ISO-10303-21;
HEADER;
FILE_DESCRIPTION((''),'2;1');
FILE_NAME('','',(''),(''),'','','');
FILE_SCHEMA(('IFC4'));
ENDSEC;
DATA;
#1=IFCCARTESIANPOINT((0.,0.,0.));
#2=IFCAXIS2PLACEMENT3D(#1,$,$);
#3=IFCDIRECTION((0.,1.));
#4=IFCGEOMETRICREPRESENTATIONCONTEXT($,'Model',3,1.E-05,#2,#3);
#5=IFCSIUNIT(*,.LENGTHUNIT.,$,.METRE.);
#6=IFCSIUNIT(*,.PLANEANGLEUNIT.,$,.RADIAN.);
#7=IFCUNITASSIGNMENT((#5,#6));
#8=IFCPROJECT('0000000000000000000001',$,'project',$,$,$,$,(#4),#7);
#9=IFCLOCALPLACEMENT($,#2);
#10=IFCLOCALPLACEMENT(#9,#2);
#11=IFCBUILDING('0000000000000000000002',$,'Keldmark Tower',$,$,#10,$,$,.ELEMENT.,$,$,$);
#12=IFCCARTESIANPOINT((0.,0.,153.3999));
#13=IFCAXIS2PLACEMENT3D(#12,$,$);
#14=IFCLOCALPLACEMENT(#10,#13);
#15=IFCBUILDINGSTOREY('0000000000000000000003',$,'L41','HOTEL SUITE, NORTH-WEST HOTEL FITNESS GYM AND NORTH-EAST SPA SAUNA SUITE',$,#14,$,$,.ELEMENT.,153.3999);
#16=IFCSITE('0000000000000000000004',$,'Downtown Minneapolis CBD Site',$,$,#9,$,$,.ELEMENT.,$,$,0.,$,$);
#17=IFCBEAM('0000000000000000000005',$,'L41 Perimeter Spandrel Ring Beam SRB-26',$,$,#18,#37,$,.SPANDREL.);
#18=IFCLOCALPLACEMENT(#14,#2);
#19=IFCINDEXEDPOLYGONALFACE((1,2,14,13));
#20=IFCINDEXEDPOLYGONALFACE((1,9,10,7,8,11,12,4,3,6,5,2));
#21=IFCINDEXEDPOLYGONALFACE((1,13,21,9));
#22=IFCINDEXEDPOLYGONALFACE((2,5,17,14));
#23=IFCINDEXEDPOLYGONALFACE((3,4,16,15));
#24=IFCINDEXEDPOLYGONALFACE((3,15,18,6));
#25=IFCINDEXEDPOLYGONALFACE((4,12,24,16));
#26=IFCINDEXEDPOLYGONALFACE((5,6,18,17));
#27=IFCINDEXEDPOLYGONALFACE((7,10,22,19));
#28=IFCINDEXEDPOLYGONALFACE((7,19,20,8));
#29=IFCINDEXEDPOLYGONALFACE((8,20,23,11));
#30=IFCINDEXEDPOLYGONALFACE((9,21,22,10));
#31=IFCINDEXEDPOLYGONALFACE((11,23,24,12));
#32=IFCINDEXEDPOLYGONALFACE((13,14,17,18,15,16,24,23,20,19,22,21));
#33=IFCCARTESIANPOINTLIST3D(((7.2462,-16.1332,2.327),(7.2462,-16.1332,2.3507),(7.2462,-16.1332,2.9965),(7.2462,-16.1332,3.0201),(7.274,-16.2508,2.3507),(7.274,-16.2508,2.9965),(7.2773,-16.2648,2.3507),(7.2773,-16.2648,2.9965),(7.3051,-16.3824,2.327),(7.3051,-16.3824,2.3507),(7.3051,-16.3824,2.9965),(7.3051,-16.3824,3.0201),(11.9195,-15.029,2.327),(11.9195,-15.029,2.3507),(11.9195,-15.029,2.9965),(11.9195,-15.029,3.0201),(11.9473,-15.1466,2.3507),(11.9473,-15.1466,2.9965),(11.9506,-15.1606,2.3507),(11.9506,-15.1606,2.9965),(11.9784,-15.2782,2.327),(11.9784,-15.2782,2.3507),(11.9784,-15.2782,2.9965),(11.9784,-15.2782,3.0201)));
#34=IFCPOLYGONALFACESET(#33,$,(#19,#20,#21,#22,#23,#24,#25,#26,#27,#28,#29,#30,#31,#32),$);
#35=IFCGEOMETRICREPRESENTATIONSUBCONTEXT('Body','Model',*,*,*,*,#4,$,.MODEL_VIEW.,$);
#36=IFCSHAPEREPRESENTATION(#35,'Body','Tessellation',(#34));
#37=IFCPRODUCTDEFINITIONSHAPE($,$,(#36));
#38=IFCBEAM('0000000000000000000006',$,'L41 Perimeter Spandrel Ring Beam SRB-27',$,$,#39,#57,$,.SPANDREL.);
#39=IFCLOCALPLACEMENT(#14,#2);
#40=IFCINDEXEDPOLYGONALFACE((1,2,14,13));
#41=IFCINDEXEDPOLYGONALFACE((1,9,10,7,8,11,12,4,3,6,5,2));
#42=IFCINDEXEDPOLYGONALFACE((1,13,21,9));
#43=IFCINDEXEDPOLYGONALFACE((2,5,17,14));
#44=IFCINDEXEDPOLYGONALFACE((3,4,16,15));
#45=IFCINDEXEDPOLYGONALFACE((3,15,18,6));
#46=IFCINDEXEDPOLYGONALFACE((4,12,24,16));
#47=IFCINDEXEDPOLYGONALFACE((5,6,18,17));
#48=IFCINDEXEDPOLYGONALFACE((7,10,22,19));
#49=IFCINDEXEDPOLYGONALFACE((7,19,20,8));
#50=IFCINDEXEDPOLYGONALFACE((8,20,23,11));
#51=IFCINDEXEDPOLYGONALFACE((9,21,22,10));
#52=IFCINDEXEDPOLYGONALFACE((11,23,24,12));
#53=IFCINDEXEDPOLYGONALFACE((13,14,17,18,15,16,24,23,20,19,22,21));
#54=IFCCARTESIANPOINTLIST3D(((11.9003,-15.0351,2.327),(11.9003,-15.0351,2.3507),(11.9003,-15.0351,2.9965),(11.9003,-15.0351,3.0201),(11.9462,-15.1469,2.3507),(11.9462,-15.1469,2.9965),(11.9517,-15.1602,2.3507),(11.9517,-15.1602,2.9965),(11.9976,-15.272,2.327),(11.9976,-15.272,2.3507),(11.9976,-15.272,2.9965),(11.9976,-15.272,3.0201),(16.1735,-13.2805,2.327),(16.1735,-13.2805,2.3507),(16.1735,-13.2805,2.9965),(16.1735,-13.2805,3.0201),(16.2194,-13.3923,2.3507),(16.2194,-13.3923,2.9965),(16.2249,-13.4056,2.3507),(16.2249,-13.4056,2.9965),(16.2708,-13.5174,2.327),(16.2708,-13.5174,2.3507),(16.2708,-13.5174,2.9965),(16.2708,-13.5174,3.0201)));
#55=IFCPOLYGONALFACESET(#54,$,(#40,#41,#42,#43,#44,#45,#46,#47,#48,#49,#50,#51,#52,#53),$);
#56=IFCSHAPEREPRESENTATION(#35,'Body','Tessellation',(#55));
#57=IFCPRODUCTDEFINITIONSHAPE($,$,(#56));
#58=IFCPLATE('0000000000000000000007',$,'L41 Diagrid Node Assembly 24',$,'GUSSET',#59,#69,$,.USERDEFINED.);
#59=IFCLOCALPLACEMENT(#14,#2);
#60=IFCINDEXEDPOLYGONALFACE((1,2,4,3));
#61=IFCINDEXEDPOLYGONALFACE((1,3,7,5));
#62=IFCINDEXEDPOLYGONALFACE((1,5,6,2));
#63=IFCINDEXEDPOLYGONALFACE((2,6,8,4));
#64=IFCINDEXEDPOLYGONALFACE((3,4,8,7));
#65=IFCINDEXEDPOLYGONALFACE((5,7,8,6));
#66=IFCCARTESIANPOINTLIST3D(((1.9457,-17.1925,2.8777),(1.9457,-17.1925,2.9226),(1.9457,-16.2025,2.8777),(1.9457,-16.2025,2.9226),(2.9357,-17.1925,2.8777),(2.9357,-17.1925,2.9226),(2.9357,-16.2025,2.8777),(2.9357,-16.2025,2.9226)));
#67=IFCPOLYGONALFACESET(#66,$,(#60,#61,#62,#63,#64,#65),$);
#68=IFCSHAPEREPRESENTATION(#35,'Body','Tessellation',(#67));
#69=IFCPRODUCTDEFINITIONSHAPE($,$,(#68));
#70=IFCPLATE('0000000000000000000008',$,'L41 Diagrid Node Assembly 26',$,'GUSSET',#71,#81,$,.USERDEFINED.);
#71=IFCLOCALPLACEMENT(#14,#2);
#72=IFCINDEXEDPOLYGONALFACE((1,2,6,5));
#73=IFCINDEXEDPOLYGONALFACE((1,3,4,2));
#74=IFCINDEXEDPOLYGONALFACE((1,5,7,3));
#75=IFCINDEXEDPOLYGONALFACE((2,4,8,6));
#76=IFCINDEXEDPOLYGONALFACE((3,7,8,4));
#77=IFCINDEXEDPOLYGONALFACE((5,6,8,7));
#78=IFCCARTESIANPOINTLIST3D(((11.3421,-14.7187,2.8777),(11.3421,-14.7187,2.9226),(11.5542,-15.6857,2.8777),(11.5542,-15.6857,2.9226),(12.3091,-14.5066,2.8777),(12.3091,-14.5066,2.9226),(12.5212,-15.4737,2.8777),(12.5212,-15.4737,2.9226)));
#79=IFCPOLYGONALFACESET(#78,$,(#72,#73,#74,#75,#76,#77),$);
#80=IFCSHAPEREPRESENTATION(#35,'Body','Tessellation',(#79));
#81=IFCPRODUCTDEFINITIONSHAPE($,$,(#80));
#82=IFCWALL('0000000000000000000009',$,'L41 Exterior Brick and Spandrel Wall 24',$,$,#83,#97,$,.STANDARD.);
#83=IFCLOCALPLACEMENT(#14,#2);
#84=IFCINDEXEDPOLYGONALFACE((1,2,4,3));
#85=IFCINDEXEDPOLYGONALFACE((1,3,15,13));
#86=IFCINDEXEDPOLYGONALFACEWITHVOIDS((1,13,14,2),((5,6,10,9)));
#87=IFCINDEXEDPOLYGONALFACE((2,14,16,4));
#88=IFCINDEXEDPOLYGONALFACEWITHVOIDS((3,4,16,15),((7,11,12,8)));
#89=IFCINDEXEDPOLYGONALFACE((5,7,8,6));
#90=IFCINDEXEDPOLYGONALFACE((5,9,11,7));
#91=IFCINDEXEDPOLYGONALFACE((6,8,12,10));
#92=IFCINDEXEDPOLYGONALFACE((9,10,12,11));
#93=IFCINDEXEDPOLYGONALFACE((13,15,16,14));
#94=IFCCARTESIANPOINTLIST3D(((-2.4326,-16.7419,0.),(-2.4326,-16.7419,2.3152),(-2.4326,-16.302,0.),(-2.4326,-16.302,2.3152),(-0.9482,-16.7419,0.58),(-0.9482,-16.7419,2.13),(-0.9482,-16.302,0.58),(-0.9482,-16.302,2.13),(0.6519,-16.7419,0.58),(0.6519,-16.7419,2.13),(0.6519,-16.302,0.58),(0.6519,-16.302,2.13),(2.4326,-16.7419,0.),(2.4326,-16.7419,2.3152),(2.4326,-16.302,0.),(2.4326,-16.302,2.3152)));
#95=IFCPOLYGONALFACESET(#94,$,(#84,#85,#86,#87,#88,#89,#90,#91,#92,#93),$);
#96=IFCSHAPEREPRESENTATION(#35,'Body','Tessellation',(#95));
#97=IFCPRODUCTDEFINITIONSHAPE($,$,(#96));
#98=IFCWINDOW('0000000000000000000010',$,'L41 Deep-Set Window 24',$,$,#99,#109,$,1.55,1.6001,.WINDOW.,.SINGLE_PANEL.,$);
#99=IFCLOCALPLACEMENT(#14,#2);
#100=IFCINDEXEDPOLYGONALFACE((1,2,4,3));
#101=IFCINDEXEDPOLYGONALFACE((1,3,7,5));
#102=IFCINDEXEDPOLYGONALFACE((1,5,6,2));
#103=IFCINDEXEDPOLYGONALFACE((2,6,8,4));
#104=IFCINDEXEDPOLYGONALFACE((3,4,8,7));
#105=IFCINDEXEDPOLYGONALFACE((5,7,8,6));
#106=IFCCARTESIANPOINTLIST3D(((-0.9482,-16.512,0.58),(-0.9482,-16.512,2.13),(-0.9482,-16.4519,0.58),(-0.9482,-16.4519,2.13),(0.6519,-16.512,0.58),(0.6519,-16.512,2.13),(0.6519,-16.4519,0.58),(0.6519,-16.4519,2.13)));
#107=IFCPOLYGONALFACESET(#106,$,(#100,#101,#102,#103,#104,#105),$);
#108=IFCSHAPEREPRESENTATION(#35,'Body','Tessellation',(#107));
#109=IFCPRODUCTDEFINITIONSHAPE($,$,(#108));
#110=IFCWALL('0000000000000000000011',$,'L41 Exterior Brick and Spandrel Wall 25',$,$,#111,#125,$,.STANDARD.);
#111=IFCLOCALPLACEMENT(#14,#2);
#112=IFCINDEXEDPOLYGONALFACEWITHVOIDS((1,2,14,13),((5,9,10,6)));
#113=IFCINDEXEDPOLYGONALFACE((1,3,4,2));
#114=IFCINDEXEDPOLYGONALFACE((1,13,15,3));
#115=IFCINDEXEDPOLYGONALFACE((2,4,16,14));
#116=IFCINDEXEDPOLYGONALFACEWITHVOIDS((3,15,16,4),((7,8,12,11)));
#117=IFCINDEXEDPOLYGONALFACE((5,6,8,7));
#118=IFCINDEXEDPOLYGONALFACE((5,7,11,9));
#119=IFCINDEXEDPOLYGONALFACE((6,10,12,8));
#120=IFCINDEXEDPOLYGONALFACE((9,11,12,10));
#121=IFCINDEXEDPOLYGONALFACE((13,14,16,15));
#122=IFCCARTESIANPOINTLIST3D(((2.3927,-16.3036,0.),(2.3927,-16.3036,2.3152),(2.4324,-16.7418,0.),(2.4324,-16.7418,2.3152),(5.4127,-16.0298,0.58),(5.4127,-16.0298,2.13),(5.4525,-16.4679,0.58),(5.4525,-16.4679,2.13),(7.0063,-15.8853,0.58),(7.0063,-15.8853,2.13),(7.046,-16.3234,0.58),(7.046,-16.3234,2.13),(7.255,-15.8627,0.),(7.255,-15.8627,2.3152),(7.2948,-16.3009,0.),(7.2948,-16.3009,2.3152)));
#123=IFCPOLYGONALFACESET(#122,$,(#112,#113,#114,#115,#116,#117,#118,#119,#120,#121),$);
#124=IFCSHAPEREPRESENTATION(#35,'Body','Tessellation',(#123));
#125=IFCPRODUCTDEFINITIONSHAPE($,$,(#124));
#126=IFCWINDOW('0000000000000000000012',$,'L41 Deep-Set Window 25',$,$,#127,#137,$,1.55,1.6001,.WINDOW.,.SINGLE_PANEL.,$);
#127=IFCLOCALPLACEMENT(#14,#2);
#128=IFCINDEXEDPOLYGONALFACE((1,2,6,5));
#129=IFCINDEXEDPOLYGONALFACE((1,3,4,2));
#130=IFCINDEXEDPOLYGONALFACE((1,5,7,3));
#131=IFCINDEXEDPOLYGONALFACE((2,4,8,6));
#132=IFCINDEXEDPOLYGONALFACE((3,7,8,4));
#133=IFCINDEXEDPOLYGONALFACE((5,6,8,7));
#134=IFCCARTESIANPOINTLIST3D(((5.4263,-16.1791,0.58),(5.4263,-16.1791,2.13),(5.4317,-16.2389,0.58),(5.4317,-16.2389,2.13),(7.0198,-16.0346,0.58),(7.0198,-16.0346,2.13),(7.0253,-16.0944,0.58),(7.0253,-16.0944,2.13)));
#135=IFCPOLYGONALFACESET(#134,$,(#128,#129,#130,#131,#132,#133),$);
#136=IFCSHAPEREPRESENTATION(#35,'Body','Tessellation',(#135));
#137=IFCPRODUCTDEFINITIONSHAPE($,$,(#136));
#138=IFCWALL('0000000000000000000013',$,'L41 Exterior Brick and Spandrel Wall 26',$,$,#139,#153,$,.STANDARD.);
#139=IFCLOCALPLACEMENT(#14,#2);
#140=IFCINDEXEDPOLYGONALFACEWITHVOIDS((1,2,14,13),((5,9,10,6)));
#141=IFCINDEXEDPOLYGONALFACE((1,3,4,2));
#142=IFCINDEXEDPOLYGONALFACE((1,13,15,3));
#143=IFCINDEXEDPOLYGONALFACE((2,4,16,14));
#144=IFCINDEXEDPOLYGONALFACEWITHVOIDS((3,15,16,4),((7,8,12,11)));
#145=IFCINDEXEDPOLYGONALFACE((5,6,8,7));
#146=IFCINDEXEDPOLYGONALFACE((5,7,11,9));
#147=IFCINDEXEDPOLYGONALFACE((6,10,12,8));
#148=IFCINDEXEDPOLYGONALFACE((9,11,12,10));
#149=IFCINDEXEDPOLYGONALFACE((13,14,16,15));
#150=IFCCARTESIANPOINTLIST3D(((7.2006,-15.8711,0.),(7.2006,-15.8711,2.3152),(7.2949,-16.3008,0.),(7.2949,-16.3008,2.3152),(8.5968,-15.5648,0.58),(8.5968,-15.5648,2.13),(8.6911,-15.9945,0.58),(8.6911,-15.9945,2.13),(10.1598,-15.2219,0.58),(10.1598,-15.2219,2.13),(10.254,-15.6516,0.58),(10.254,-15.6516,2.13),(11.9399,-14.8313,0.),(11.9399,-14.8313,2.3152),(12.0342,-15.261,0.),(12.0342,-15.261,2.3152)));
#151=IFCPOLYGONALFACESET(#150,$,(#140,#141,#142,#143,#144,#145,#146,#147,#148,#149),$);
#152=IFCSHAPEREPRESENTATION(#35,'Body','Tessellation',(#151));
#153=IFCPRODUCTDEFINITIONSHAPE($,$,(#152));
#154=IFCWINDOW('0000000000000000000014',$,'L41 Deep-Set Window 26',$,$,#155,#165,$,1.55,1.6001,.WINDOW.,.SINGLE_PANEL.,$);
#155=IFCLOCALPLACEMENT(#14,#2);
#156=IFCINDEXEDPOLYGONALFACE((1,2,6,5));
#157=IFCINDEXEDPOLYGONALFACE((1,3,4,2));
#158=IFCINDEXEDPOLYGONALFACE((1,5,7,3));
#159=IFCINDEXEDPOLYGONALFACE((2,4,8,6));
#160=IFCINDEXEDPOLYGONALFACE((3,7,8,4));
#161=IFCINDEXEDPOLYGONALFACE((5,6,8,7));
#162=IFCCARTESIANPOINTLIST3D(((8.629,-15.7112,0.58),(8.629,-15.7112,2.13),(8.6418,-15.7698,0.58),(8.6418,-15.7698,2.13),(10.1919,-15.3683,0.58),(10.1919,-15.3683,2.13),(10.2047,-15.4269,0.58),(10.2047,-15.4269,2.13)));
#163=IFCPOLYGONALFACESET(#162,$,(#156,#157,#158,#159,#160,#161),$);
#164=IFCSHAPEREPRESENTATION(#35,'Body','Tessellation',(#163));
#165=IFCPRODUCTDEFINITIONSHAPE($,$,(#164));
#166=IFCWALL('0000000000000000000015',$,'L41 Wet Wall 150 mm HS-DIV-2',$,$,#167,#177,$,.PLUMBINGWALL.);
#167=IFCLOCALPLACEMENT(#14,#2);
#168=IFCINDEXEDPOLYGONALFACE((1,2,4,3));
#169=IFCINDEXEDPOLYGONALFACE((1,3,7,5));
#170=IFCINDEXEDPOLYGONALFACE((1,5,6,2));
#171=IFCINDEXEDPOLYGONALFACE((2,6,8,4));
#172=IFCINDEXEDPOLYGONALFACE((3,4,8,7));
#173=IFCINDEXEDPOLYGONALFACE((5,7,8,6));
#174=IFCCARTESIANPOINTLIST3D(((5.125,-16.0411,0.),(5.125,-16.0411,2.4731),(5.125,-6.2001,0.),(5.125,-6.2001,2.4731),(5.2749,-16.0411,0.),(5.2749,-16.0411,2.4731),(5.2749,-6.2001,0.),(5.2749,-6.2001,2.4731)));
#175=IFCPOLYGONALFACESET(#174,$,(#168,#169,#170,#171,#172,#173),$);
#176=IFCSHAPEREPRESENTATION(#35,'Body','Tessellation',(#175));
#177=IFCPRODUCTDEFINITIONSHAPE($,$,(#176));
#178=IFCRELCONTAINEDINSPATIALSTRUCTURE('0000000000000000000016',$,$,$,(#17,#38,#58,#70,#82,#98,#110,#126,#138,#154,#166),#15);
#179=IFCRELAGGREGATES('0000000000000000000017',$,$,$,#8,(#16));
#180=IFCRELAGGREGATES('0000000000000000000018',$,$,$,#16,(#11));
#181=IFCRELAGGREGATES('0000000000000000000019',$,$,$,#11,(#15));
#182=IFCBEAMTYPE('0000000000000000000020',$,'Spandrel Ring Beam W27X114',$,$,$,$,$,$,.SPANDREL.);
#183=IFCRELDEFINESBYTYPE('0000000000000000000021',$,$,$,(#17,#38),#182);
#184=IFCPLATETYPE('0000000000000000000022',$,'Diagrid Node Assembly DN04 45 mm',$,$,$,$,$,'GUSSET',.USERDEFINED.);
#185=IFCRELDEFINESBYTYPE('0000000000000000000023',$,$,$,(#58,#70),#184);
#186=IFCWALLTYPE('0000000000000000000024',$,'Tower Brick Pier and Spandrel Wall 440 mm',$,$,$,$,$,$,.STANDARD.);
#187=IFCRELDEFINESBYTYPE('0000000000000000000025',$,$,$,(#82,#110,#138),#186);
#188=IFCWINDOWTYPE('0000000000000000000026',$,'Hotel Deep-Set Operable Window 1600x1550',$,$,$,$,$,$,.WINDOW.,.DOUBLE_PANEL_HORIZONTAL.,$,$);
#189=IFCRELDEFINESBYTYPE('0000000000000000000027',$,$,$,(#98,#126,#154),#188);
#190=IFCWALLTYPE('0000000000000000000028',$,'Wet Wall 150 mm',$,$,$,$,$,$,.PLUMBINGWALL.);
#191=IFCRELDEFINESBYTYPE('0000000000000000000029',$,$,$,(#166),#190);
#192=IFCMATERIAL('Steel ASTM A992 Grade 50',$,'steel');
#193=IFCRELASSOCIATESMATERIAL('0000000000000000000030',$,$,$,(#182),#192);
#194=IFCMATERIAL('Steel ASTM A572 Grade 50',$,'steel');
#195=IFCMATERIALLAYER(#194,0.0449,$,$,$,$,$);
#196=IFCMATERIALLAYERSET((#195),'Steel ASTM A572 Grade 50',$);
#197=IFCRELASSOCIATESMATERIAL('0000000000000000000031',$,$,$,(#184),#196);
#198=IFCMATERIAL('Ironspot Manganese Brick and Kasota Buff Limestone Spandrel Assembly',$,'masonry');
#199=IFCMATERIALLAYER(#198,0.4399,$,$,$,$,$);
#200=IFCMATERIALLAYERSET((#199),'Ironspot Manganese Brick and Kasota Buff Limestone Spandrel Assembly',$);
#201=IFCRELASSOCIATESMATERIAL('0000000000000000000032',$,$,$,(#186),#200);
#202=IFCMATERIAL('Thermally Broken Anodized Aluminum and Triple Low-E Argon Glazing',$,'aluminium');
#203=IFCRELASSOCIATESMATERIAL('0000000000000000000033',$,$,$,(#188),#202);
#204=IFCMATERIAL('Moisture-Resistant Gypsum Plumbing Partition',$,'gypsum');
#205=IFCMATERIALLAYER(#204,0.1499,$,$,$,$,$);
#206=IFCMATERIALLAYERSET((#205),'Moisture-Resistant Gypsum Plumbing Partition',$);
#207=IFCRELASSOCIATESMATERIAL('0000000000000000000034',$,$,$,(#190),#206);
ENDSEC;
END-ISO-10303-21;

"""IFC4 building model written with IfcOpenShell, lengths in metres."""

from ifc_helpers import new_model, si_unit, direction, frame, frame_2d, origin, origin_2d, place, context, subcontext, project, spatial, rectangle, i_section, extrude, material, layer, layer_set, material_profile, profile_set, type_object, element, fill, save


model = new_model("IFC4")

# Units and contexts
model_context = context("Model", 3, precision=1e-05, world=origin(), true_north=direction((0.0, 1.0)))
body_context = subcontext(model_context, "Body", "Model", "MODEL_VIEW")
ifc_project = project(units=[si_unit("LENGTHUNIT", "METRE"), si_unit("PLANEANGLEUNIT", "RADIAN")], contexts=[model_context])

# Site, building, storey
site_placement = place(None, origin())
site = spatial("IfcSite", under=ifc_project, at=site_placement, Name="Downtown Minneapolis CBD Site", CompositionType="ELEMENT", RefElevation=0.0)
building_placement = place(site_placement, origin())
building = spatial("IfcBuilding", under=site, at=building_placement, Name="Keldmark Tower", CompositionType="ELEMENT")
storey_placement = place(building_placement, frame((0.0, 0.0, 153.3999)))
storey = spatial("IfcBuildingStorey", under=building, at=storey_placement, Name="L41", Description="HOTEL SUITE, NORTH-WEST HOTEL FITNESS GYM AND NORTH-EAST SPA SAUNA SUITE", CompositionType="ELEMENT", Elevation=153.3999)

# Beams
ifc_material_1 = material(Name="Steel ASTM A992 Grade 50", Category="steel")
ifc_material_profile_1 = material_profile(ifc_material_1, i_section(OverallWidth=0.2561, OverallDepth=0.6931, WebThickness=0.0144, FlangeThickness=0.0237, at=origin_2d()), Name="W27X114")
ifc_profile_set_1 = profile_set([ifc_material_profile_1], Name="Steel ASTM A992 Grade 50")
beam_type_1 = type_object("IfcBeamType", Name="Spandrel Ring Beam W27X114", PredefinedType="SPANDREL", material=ifc_profile_set_1)
beam_1_placement = place(storey_placement, frame((7.2756, -16.2578, 2.6736), z_axis=(0.973201, 0.229955, 0.0), x_axis=(-0.229955, 0.973201, 0.0)))
element("IfcBeam", 1, at=beam_1_placement, inside=storey, type_object=beam_type_1, Name="L41 Perimeter Spandrel Ring Beam SRB-26", PredefinedType="SPANDREL", context=body_context, shape_type="SweptSolid", body=[
    extrude(i_section(OverallWidth=0.2561, OverallDepth=0.6931, WebThickness=0.0144, FlangeThickness=0.0237, at=origin_2d()), origin(), (0.0, 0.0, 1.0), 4.802),
])
beam_2_placement = place(storey_placement, frame((11.949, -15.1536, 2.6736), z_axis=(0.925052, 0.379841, 0.0), x_axis=(-0.379841, 0.925052, 0.0)))
element("IfcBeam", 2, at=beam_2_placement, inside=storey, type_object=beam_type_1, Name="L41 Perimeter Spandrel Ring Beam SRB-27", PredefinedType="SPANDREL", context=body_context, shape_type="SweptSolid", body=[
    extrude(i_section(OverallWidth=0.2561, OverallDepth=0.6931, WebThickness=0.0144, FlangeThickness=0.0237, at=origin_2d()), origin(), (0.0, 0.0, 1.0), 4.6194),
])

# Plates
ifc_material_2 = material(Name="Steel ASTM A572 Grade 50", Category="steel")
ifc_layer_1 = layer(ifc_material_2, 0.0449)
ifc_layer_set_1 = layer_set([ifc_layer_1], Name="Steel ASTM A572 Grade 50")
plate_type = type_object("IfcPlateType", Name="Diagrid Node Assembly DN04 45 mm", ElementType="GUSSET", PredefinedType="USERDEFINED", material=ifc_layer_set_1)
for number, where, z_axis, x_axis, name in (
    (3, (2.4407, -16.6975, 2.8777), (0.0, 0.0, 1.0), (1.0, 0.0, 0.0), "L41 Diagrid Node Assembly 24"),
    (4, (11.9316, -15.0962, 2.8777), (0.0, 0.0, 1.0), (0.976785, 0.214224, 0.0), "L41 Diagrid Node Assembly 26"),
):
    element("IfcPlate", number, at=place(storey_placement, frame(where, z_axis=z_axis, x_axis=x_axis)), inside=storey, type_object=plate_type, Name=name, ObjectType="GUSSET", PredefinedType="USERDEFINED", context=body_context, shape_type="SweptSolid", body=[
        extrude(rectangle(XDim=0.99, YDim=0.99, at=origin_2d()), origin(), (0.0, 0.0, 1.0), 0.0449),
    ])

# Walls, openings, windows
ifc_material_3 = material(Name="Ironspot Manganese Brick and Kasota Buff Limestone Spandrel Assembly", Category="masonry")
ifc_layer_2 = layer(ifc_material_3, 0.4399)
ifc_layer_set_2 = layer_set([ifc_layer_2], Name="Ironspot Manganese Brick and Kasota Buff Limestone Spandrel Assembly")
wall_type_1 = type_object("IfcWallType", Name="Tower Brick Pier and Spandrel Wall 440 mm", PredefinedType="STANDARD", material=ifc_layer_set_2)
wall_1_placement = place(storey_placement, frame((2.4326, -16.522, 0.0), z_axis=(0.0, 0.0, 1.0), x_axis=(-1.0, 0.0, 0.0)))
wall_1 = element("IfcWall", 5, at=wall_1_placement, inside=storey, type_object=wall_type_1, Name="L41 Exterior Brick and Spandrel Wall 24", PredefinedType="STANDARD", context=body_context, shape_type="SweptSolid", body=[
    extrude(rectangle(XDim=4.8652, YDim=0.4399, at=frame_2d((2.4326, 0.0))), origin(), (0.0, 0.0, 1.0), 2.3152),
])
opening_1_placement = place(wall_1_placement, frame((1.7808, 0.0, 0.5801)))
opening_1 = element("IfcOpeningElement", 6, at=opening_1_placement, cuts=wall_1, PredefinedType="OPENING", context=body_context, shape_type="SweptSolid", body=[
    extrude(rectangle(XDim=1.6001, YDim=1.55, at=frame_2d((0.8, 0.7749))), frame((0.0, 0.23, 0.0), z_axis=(0.0, -1.0, 0.0), x_axis=(1.0, 0.0, 0.0)), (0.0, 0.0, 1.0), 0.46),
])
ifc_material_4 = material(Name="Thermally Broken Anodized Aluminum and Triple Low-E Argon Glazing", Category="aluminium")
window_type = type_object("IfcWindowType", Name="Hotel Deep-Set Operable Window 1600x1550", PartitioningType="DOUBLE_PANEL_HORIZONTAL", PredefinedType="WINDOW", material=ifc_material_4)
window_1_placement = place(opening_1_placement, origin())
window_1 = element("IfcWindow", 7, at=window_1_placement, inside=storey, type_object=window_type, Name="L41 Deep-Set Window 24", OverallHeight=1.55, OverallWidth=1.6001, PartitioningType="SINGLE_PANEL", PredefinedType="WINDOW", context=body_context, shape_type="SweptSolid", body=[
    extrude(rectangle(XDim=1.6001, YDim=1.55, at=frame_2d((0.8, 0.7749))), frame((0.0, -0.01, 0.0), z_axis=(0.0, -1.0, 0.0), x_axis=(1.0, 0.0, 0.0)), (0.0, 0.0, 1.0), 0.0601),
])
fill(opening_1, window_1)
wall_2_placement = place(storey_placement, frame((7.2749, -16.0818, 0.0), z_axis=(0.0, 0.0, 1.0), x_axis=(-0.995914, -0.09031, 0.0)))
wall_2 = element("IfcWall", 8, at=wall_2_placement, inside=storey, type_object=wall_type_1, Name="L41 Exterior Brick and Spandrel Wall 25", PredefinedType="STANDARD", context=body_context, shape_type="SweptSolid", body=[
    extrude(rectangle(XDim=4.8823, YDim=0.4399, at=frame_2d((2.4412, 0.0))), origin(), (0.0, 0.0, 1.0), 2.3152),
])
opening_2_placement = place(wall_2_placement, frame((0.2498, 0.0, 0.5801)))
opening_2 = element("IfcOpeningElement", 9, at=opening_2_placement, cuts=wall_2, PredefinedType="OPENING", context=body_context, shape_type="SweptSolid", body=[
    extrude(rectangle(XDim=1.6001, YDim=1.55, at=frame_2d((0.8, 0.7749))), frame((0.0, 0.23, 0.0), z_axis=(0.0, -1.0, 0.0), x_axis=(1.0, 0.0, 0.0)), (0.0, 0.0, 1.0), 0.46),
])
window_2_placement = place(opening_2_placement, origin())
window_2 = element("IfcWindow", 10, at=window_2_placement, inside=storey, type_object=window_type, Name="L41 Deep-Set Window 25", OverallHeight=1.55, OverallWidth=1.6001, PartitioningType="SINGLE_PANEL", PredefinedType="WINDOW", context=body_context, shape_type="SweptSolid", body=[
    extrude(rectangle(XDim=1.6001, YDim=1.55, at=frame_2d((0.8, 0.7749))), frame((0.0, -0.01, 0.0), z_axis=(0.0, -1.0, 0.0), x_axis=(1.0, 0.0, 0.0)), (0.0, 0.0, 1.0), 0.0601),
])
fill(opening_2, window_2)
wall_3_placement = place(storey_placement, frame((11.9871, -15.0461, 0.0), z_axis=(0.0, 0.0, 1.0), x_axis=(-0.976767, -0.214303, 0.0)))
wall_3 = element("IfcWall", 11, at=wall_3_placement, inside=storey, type_object=wall_type_1, Name="L41 Exterior Brick and Spandrel Wall 26", PredefinedType="STANDARD", context=body_context, shape_type="SweptSolid", body=[
    extrude(rectangle(XDim=4.8521, YDim=0.4399, at=frame_2d((2.426, 0.0))), origin(), (0.0, 0.0, 1.0), 2.3152),
])
opening_3_placement = place(wall_3_placement, frame((1.8225, 0.0, 0.5801)))
opening_3 = element("IfcOpeningElement", 12, at=opening_3_placement, cuts=wall_3, PredefinedType="OPENING", context=body_context, shape_type="SweptSolid", body=[
    extrude(rectangle(XDim=1.6001, YDim=1.55, at=frame_2d((0.8, 0.7749))), frame((0.0, 0.23, 0.0), z_axis=(0.0, -1.0, 0.0), x_axis=(1.0, 0.0, 0.0)), (0.0, 0.0, 1.0), 0.46),
])
window_3_placement = place(opening_3_placement, origin())
window_3 = element("IfcWindow", 13, at=window_3_placement, inside=storey, type_object=window_type, Name="L41 Deep-Set Window 26", OverallHeight=1.55, OverallWidth=1.6001, PartitioningType="SINGLE_PANEL", PredefinedType="WINDOW", context=body_context, shape_type="SweptSolid", body=[
    extrude(rectangle(XDim=1.6001, YDim=1.55, at=frame_2d((0.8, 0.7749))), frame((0.0, -0.01, 0.0), z_axis=(0.0, -1.0, 0.0), x_axis=(1.0, 0.0, 0.0)), (0.0, 0.0, 1.0), 0.0601),
])
fill(opening_3, window_3)

# Wall
ifc_material_5 = material(Name="Moisture-Resistant Gypsum Plumbing Partition", Category="gypsum")
ifc_layer_3 = layer(ifc_material_5, 0.1499)
ifc_layer_set_3 = layer_set([ifc_layer_3], Name="Moisture-Resistant Gypsum Plumbing Partition")
wall_type_2 = type_object("IfcWallType", Name="Wet Wall 150 mm", PredefinedType="PLUMBINGWALL", material=ifc_layer_set_3)
wall_4_placement = place(storey_placement, frame((5.2, -16.041, 0.0), z_axis=(0.0, 0.0, 1.0), x_axis=(0.0, 1.0, 0.0)))
element("IfcWall", 14, at=wall_4_placement, inside=storey, type_object=wall_type_2, Name="L41 Wet Wall 150 mm HS-DIV-2", PredefinedType="PLUMBINGWALL", context=body_context, shape_type="SweptSolid", body=[
    extrude(rectangle(XDim=9.8411, YDim=0.1499, at=frame_2d((4.9204, 0.0))), origin(), (0.0, 0.0, 1.0), 2.4731),
])

save(model, "model.ifc")
